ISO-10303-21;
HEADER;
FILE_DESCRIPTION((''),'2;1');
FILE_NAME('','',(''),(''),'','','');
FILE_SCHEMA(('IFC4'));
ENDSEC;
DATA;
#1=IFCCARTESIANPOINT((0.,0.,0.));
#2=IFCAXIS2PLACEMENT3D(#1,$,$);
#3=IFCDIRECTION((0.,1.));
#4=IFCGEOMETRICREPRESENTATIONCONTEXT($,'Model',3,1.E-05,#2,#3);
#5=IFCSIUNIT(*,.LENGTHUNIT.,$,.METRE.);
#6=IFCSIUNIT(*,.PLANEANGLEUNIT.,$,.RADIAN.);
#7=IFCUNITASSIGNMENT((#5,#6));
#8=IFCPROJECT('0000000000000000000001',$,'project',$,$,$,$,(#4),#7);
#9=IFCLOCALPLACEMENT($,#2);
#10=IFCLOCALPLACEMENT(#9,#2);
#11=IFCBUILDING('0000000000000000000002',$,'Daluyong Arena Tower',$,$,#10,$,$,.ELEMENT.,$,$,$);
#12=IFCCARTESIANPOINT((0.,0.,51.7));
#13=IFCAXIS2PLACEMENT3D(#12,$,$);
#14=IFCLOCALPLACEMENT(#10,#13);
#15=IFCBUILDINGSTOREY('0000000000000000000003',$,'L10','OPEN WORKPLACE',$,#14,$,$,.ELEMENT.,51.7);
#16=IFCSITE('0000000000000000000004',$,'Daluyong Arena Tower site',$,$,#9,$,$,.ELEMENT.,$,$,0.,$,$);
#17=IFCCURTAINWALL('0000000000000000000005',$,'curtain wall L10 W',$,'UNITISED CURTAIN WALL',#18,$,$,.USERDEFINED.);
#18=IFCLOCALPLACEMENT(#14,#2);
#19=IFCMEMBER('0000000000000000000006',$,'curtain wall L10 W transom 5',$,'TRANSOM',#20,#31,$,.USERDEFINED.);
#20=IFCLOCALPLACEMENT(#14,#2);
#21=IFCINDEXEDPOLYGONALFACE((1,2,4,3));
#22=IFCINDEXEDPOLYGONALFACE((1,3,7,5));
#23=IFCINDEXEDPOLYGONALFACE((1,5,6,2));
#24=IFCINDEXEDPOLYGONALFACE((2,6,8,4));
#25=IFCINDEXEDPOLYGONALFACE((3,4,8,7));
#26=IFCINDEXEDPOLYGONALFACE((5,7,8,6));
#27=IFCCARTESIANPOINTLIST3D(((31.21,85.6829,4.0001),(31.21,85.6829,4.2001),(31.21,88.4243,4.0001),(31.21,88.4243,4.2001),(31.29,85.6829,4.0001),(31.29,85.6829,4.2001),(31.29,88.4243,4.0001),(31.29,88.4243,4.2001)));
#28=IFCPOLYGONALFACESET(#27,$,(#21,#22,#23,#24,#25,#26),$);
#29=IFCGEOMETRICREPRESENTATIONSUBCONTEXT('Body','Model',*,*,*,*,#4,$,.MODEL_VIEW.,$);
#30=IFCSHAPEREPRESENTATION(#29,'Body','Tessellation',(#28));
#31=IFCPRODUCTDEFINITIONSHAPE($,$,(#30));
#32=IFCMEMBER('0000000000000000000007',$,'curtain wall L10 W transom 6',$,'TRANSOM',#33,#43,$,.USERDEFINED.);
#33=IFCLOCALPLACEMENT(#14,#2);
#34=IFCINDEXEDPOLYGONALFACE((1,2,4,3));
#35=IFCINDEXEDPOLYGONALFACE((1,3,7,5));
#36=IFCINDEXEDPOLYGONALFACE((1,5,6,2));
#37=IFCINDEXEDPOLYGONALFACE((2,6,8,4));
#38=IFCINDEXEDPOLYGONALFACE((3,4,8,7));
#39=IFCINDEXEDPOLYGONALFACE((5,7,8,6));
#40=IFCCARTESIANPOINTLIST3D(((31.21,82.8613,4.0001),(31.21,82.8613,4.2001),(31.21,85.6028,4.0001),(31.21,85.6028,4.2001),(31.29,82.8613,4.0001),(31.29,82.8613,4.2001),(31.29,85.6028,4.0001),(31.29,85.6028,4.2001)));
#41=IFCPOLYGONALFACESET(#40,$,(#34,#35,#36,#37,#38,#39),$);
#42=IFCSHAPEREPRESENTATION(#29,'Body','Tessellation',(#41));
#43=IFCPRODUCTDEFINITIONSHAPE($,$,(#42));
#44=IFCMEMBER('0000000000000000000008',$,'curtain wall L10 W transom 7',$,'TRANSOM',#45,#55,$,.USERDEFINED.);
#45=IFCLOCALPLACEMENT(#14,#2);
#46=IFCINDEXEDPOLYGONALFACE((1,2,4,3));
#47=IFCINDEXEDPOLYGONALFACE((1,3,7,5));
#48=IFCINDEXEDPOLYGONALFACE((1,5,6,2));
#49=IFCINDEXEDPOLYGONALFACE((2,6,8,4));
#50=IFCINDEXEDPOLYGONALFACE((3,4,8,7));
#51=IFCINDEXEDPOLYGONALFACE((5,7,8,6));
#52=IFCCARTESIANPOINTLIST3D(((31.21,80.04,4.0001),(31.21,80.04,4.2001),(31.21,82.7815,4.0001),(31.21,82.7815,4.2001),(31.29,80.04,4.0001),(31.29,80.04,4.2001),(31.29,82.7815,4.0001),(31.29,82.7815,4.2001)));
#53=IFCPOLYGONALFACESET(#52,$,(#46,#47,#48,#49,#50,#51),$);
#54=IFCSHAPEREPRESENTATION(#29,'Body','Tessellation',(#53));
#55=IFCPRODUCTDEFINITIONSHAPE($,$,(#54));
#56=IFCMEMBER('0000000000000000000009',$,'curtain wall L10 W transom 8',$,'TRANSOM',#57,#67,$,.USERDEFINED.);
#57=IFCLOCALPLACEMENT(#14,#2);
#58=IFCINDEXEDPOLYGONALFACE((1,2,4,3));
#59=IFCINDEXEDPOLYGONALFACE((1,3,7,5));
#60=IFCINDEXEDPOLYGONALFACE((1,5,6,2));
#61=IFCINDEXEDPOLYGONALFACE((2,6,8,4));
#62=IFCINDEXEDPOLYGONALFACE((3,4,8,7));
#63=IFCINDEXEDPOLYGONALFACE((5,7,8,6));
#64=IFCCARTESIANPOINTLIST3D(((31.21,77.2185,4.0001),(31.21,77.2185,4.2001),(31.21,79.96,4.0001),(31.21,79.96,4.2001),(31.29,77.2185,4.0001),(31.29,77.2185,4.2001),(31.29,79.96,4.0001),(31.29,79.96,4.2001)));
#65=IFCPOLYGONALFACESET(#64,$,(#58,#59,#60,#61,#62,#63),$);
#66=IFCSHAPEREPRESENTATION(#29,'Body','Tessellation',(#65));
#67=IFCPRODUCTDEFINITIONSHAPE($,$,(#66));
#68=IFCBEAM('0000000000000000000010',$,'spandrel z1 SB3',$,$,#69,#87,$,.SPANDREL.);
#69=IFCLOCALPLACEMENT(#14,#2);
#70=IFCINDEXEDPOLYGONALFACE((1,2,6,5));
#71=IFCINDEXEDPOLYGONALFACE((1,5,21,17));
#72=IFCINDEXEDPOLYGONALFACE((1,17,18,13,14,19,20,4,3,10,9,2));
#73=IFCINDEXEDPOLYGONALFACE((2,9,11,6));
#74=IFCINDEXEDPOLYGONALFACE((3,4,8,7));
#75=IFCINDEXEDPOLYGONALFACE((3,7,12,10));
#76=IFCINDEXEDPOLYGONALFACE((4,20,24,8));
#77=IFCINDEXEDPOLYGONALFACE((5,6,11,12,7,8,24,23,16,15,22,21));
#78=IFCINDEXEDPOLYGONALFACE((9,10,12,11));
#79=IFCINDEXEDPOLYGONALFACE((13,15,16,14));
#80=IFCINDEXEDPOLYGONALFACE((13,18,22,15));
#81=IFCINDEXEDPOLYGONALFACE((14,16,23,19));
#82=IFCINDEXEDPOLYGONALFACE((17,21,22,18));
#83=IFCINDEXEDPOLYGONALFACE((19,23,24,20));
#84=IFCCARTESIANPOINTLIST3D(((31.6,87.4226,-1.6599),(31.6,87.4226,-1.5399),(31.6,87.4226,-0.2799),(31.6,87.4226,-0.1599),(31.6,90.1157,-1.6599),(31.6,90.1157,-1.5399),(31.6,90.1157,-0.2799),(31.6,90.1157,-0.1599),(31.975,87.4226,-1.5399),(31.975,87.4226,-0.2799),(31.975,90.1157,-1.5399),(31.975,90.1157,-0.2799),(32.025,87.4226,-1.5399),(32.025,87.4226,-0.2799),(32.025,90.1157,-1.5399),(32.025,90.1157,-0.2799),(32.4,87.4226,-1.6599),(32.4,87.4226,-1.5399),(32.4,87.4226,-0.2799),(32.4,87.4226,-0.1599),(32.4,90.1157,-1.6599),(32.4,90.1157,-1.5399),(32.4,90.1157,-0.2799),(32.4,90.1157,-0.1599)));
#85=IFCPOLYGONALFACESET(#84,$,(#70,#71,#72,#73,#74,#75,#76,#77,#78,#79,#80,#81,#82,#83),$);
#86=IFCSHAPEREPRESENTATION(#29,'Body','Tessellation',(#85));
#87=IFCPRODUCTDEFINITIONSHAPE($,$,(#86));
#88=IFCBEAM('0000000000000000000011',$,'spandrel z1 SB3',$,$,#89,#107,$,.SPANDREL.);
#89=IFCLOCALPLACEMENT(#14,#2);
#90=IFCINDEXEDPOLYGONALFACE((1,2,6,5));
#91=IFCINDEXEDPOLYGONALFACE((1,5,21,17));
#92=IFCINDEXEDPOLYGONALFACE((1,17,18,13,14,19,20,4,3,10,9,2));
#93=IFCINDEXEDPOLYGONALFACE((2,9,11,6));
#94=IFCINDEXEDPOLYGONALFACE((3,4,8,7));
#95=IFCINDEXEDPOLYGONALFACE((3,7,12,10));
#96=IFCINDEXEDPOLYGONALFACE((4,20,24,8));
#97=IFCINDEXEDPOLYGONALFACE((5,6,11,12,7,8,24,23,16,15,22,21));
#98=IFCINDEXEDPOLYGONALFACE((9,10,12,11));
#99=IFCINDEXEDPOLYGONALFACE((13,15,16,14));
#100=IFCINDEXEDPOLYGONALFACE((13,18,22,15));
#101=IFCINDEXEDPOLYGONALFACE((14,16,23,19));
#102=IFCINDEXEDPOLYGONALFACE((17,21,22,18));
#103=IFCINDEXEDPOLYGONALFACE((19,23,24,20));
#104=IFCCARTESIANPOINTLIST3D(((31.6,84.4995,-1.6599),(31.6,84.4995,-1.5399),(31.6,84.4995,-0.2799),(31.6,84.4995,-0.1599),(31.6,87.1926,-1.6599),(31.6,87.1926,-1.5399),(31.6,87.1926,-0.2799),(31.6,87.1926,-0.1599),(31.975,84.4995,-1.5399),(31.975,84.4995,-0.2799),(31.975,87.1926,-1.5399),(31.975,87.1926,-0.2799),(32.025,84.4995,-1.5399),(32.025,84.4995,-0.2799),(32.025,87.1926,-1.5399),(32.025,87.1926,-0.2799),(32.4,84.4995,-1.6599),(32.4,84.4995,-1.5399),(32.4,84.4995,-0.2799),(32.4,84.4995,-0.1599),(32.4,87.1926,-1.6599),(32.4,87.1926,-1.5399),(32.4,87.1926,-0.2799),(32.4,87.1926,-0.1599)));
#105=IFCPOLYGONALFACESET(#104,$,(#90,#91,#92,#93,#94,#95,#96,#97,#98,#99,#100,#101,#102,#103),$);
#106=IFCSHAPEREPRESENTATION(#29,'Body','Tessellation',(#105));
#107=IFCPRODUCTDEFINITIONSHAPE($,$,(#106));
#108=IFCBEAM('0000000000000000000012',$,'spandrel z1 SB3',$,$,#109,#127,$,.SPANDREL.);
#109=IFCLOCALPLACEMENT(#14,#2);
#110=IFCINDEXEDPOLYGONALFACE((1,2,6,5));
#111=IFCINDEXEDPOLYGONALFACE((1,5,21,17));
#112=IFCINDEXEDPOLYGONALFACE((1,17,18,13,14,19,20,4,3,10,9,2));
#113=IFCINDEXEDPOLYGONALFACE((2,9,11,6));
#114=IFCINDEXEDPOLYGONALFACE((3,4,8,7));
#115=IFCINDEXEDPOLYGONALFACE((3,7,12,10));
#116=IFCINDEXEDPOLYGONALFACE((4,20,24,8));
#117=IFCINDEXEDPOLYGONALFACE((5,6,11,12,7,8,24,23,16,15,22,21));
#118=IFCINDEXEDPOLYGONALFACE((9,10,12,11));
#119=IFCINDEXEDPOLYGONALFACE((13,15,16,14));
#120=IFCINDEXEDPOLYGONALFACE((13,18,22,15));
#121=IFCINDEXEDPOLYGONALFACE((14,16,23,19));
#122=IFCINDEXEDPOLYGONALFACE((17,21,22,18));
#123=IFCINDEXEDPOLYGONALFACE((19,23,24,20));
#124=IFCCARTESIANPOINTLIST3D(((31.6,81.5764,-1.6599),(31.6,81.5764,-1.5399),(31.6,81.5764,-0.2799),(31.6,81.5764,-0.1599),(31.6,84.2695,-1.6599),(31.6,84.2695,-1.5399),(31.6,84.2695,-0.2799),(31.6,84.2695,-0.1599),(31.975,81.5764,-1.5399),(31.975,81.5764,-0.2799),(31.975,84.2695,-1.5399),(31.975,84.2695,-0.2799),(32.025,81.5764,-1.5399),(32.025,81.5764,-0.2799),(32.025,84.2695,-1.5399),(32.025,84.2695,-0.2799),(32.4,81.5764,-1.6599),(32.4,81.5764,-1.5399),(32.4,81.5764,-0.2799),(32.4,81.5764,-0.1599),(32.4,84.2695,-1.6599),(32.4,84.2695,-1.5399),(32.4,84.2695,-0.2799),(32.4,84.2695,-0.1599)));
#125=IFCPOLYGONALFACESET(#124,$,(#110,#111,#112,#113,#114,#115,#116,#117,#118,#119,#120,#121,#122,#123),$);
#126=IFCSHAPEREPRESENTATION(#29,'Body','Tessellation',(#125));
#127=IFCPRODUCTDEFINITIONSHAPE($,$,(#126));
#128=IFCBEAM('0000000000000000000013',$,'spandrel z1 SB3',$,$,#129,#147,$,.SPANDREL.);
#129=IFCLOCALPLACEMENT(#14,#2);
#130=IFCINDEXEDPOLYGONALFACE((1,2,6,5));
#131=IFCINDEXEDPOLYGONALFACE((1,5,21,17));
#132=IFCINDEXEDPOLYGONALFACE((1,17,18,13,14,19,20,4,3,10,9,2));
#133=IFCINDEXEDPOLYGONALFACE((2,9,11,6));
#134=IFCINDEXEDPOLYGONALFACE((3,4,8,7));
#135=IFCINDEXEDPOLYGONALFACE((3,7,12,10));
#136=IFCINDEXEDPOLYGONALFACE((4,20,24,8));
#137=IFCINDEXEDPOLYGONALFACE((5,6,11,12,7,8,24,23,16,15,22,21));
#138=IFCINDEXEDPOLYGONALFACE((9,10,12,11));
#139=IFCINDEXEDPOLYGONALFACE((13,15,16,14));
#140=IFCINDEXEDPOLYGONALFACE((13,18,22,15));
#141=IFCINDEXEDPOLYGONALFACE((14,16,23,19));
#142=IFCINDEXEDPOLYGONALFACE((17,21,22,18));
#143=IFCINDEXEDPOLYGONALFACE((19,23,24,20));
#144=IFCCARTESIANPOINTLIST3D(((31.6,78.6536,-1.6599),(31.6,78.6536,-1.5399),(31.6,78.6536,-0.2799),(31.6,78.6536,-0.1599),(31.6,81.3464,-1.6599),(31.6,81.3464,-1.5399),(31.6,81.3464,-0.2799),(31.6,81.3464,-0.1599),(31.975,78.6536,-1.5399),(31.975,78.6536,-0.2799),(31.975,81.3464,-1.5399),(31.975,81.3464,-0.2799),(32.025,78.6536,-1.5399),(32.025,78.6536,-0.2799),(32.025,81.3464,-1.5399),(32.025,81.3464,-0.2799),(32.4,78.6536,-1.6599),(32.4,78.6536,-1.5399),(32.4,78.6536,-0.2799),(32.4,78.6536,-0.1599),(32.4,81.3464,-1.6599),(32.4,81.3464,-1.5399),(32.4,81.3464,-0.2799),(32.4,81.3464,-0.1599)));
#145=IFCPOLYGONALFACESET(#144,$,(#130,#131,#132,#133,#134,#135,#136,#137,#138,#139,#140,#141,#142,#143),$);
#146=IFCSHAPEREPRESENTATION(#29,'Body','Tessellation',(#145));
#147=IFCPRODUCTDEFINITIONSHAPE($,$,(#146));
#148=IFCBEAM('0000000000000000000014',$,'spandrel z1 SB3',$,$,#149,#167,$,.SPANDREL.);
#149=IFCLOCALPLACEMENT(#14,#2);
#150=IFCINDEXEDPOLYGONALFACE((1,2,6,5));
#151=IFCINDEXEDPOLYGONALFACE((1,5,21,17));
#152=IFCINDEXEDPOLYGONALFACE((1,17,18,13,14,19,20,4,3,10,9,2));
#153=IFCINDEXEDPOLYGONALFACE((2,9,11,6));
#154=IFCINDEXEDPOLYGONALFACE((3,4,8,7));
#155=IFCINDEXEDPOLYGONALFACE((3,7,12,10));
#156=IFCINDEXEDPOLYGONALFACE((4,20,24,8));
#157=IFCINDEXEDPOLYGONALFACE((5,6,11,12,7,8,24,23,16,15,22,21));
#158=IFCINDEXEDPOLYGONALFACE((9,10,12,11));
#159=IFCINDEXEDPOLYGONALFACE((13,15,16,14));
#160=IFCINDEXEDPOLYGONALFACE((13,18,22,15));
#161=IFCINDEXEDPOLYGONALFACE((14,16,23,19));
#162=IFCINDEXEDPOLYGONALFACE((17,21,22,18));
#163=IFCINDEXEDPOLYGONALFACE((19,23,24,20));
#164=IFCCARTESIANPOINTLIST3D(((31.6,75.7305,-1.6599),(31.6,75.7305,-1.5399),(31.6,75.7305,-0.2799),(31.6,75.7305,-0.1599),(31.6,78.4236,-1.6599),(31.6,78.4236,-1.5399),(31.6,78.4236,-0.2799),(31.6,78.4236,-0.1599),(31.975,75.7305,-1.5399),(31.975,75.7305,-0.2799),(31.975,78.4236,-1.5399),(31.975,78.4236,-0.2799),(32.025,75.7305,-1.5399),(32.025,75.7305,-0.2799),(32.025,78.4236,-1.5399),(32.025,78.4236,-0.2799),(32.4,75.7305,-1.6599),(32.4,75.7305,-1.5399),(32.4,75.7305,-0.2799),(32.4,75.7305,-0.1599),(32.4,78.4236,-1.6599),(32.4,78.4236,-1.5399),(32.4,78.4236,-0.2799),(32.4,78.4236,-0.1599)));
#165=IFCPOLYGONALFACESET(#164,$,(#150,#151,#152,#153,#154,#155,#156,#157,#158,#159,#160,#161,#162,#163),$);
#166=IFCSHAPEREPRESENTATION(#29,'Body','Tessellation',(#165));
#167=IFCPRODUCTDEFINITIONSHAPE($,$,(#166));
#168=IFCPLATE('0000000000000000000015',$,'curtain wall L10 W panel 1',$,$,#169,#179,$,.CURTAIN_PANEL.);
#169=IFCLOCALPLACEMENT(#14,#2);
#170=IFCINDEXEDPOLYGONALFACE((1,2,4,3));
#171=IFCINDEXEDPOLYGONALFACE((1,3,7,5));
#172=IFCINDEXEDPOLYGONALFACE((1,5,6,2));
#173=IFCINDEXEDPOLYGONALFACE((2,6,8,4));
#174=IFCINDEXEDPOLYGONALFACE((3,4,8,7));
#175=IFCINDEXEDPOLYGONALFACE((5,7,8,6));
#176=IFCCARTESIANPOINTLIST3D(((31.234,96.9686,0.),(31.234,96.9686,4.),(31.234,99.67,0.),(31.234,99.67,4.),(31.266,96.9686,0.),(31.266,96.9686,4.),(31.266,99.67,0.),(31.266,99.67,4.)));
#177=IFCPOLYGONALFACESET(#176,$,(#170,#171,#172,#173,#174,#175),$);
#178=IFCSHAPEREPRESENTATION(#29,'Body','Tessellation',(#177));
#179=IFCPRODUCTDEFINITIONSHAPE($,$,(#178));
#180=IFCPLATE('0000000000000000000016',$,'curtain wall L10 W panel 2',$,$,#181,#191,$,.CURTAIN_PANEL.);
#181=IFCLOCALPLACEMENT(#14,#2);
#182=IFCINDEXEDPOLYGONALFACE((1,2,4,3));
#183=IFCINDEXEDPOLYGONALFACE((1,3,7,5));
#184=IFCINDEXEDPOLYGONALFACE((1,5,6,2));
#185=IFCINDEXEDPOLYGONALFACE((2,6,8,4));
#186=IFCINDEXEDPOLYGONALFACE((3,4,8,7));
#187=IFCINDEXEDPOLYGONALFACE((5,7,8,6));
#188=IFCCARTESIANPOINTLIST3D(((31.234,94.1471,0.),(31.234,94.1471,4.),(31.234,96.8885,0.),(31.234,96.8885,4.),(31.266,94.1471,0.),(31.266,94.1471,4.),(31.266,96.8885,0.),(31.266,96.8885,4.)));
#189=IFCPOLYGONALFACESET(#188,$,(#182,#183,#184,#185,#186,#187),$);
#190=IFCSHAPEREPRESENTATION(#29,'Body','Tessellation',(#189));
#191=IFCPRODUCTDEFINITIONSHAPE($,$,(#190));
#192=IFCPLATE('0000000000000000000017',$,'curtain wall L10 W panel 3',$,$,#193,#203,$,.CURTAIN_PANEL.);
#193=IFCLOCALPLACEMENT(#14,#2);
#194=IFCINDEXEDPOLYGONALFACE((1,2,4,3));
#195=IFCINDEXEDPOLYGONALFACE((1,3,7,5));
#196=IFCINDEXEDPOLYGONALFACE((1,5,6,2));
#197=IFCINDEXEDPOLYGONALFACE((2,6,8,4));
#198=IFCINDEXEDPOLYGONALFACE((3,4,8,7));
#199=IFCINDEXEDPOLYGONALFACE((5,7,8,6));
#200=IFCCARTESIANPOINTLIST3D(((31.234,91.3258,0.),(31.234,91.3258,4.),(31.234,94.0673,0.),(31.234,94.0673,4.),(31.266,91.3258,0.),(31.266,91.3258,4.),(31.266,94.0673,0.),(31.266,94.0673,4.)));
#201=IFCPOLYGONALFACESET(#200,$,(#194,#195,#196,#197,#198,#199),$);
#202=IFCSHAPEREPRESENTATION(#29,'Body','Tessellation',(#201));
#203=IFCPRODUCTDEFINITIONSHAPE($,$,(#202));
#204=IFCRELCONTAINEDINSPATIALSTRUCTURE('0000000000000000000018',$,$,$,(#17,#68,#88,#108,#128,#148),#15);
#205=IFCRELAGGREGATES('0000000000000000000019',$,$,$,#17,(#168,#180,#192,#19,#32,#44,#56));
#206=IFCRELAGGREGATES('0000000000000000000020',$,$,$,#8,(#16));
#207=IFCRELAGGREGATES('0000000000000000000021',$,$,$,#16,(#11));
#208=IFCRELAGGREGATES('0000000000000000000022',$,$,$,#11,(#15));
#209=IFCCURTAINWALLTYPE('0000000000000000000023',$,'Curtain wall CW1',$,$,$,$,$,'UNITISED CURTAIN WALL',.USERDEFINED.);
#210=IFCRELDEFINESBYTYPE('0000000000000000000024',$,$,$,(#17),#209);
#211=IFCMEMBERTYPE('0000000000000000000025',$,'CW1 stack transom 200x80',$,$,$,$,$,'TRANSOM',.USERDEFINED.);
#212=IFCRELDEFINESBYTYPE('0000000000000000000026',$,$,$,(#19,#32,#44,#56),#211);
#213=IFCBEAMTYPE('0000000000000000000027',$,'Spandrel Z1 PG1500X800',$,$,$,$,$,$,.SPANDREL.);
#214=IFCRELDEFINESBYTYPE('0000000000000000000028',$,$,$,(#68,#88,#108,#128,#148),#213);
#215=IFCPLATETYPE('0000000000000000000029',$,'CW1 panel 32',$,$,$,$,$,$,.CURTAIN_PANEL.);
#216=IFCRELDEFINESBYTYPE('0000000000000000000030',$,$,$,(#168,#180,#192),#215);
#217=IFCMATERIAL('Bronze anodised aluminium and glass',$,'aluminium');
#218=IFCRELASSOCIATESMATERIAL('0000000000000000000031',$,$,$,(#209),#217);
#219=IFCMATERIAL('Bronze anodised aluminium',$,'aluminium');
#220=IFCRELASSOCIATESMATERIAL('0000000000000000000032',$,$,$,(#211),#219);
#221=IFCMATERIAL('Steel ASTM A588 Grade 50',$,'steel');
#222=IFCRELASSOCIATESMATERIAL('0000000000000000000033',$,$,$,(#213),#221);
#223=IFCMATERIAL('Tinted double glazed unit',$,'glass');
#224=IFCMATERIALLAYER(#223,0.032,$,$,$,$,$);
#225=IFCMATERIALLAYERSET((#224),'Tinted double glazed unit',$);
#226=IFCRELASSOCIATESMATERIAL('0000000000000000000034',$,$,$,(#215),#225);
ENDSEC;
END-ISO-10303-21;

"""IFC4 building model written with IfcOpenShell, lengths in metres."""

from ifc_helpers import new_model, si_unit, direction, frame, origin, origin_2d, place, context, subcontext, project, spatial, rectangle, i_section, extrude, material, layer, layer_set, material_profile, profile_set, type_object, element, aggregate, save


model = new_model("IFC4")

# Units and contexts
model_context = context("Model", 3, precision=1e-05, world=origin(), true_north=direction((0.0, 1.0)))
body_context = subcontext(model_context, "Body", "Model", "MODEL_VIEW")
ifc_project = project(units=[si_unit("LENGTHUNIT", "METRE"), si_unit("PLANEANGLEUNIT", "RADIAN")], contexts=[model_context])

# Site, building, storey
site_placement = place(None, origin())
site = spatial("IfcSite", under=ifc_project, at=site_placement, Name="Daluyong Arena Tower site", CompositionType="ELEMENT", RefElevation=0.0)
building_placement = place(site_placement, origin())
building = spatial("IfcBuilding", under=site, at=building_placement, Name="Daluyong Arena Tower", CompositionType="ELEMENT")
storey_placement = place(building_placement, frame((0.0, 0.0, 51.7)))
storey = spatial("IfcBuildingStorey", under=building, at=storey_placement, Name="L10", Description="OPEN WORKPLACE", CompositionType="ELEMENT", Elevation=51.7)

# Curtain wall, members
ifc_material_1 = material(Name="Bronze anodised aluminium and glass", Category="aluminium")
curtain_wall_type = type_object("IfcCurtainWallType", Name="Curtain wall CW1", ElementType="UNITISED CURTAIN WALL", PredefinedType="USERDEFINED", material=ifc_material_1)
curtain_wall_placement = place(storey_placement, origin())
curtain_wall = element("IfcCurtainWall", 1, at=curtain_wall_placement, inside=storey, type_object=curtain_wall_type, Name="curtain wall L10 W", ObjectType="UNITISED CURTAIN WALL", PredefinedType="USERDEFINED")
ifc_material_2 = material(Name="Bronze anodised aluminium", Category="aluminium")
ifc_material_profile_1 = material_profile(ifc_material_2, rectangle(XDim=0.0801, YDim=0.2, at=origin_2d()))
ifc_profile_set_1 = profile_set([ifc_material_profile_1], Name="Bronze anodised aluminium")
member_type_1 = type_object("IfcMemberType", Name="CW1 stack transom 200x80", ElementType="TRANSOM", PredefinedType="USERDEFINED", material=ifc_profile_set_1)
member_1_placement = place(storey_placement, frame((31.25, 88.4243, 4.1001), z_axis=(0.0, -1.0, 0.0), x_axis=(1.0, 0.0, 0.0)))
member_1 = element("IfcMember", 2, at=member_1_placement, type_object=member_type_1, Name="curtain wall L10 W transom 5", ObjectType="TRANSOM", PredefinedType="USERDEFINED", context=body_context, shape_type="SweptSolid", body=[
    extrude(rectangle(XDim=0.0801, YDim=0.2, at=origin_2d()), origin(), (0.0, 0.0, 1.0), 2.7415),
])
member_2_placement = place(storey_placement, frame((31.25, 85.6028, 4.1001), z_axis=(0.0, -1.0, 0.0), x_axis=(1.0, 0.0, 0.0)))
member_2 = element("IfcMember", 3, at=member_2_placement, type_object=member_type_1, Name="curtain wall L10 W transom 6", ObjectType="TRANSOM", PredefinedType="USERDEFINED", context=body_context, shape_type="SweptSolid", body=[
    extrude(rectangle(XDim=0.0801, YDim=0.2, at=origin_2d()), origin(), (0.0, 0.0, 1.0), 2.7415),
])
member_3_placement = place(storey_placement, frame((31.25, 82.7815, 4.1001), z_axis=(0.0, -1.0, 0.0), x_axis=(1.0, 0.0, 0.0)))
member_3 = element("IfcMember", 4, at=member_3_placement, type_object=member_type_1, Name="curtain wall L10 W transom 7", ObjectType="TRANSOM", PredefinedType="USERDEFINED", context=body_context, shape_type="SweptSolid", body=[
    extrude(rectangle(XDim=0.0801, YDim=0.2, at=origin_2d()), origin(), (0.0, 0.0, 1.0), 2.7415),
])
member_4_placement = place(storey_placement, frame((31.25, 79.96, 4.1001), z_axis=(0.0, -1.0, 0.0), x_axis=(1.0, 0.0, 0.0)))
member_4 = element("IfcMember", 5, at=member_4_placement, type_object=member_type_1, Name="curtain wall L10 W transom 8", ObjectType="TRANSOM", PredefinedType="USERDEFINED", context=body_context, shape_type="SweptSolid", body=[
    extrude(rectangle(XDim=0.0801, YDim=0.2, at=origin_2d()), origin(), (0.0, 0.0, 1.0), 2.7415),
])

# Beams
ifc_material_3 = material(Name="Steel ASTM A588 Grade 50", Category="steel")
ifc_material_profile_2 = material_profile(ifc_material_3, i_section(OverallWidth=0.8, OverallDepth=1.5, WebThickness=0.05, FlangeThickness=0.12, at=origin_2d()))
ifc_profile_set_2 = profile_set([ifc_material_profile_2], Name="Steel ASTM A588 Grade 50")
beam_type = type_object("IfcBeamType", Name="Spandrel Z1 PG1500X800", PredefinedType="SPANDREL", material=ifc_profile_set_2)
for number, where, z_axis, x_axis, name in (
    (6, (32.0, 90.1157, -0.9099), (0.0, -1.0, 0.0), (1.0, 0.0, 0.0), "spandrel z1 SB3"),
    (7, (32.0, 87.1926, -0.9099), (0.0, -1.0, 0.0), (1.0, 0.0, 0.0), "spandrel z1 SB3"),
    (8, (32.0, 84.2695, -0.9099), (0.0, -1.0, 0.0), (1.0, 0.0, 0.0), "spandrel z1 SB3"),
):
    element("IfcBeam", number, at=place(storey_placement, frame(where, z_axis=z_axis, x_axis=x_axis)), inside=storey, type_object=beam_type, Name=name, PredefinedType="SPANDREL", context=body_context, shape_type="SweptSolid", body=[
        extrude(i_section(OverallWidth=0.8, OverallDepth=1.5, WebThickness=0.05, FlangeThickness=0.12, at=origin_2d()), origin(), (0.0, 0.0, 1.0), 2.6931),
    ])
beam_1_placement = place(storey_placement, frame((32.0, 81.3464, -0.9099), z_axis=(0.0, -1.0, 0.0), x_axis=(1.0, 0.0, 0.0)))
element("IfcBeam", 9, at=beam_1_placement, inside=storey, type_object=beam_type, Name="spandrel z1 SB3", PredefinedType="SPANDREL", context=body_context, shape_type="SweptSolid", body=[
    extrude(i_section(OverallWidth=0.8, OverallDepth=1.5, WebThickness=0.05, FlangeThickness=0.12, at=origin_2d()), origin(), (0.0, 0.0, 1.0), 2.6929),
])
beam_2_placement = place(storey_placement, frame((32.0, 78.4236, -0.9099), z_axis=(0.0, -1.0, 0.0), x_axis=(1.0, 0.0, 0.0)))
element("IfcBeam", 10, at=beam_2_placement, inside=storey, type_object=beam_type, Name="spandrel z1 SB3", PredefinedType="SPANDREL", context=body_context, shape_type="SweptSolid", body=[
    extrude(i_section(OverallWidth=0.8, OverallDepth=1.5, WebThickness=0.05, FlangeThickness=0.12, at=origin_2d()), origin(), (0.0, 0.0, 1.0), 2.6931),
])

# Plates
ifc_material_4 = material(Name="Tinted double glazed unit", Category="glass")
ifc_layer = layer(ifc_material_4, 0.032)
ifc_layer_set = layer_set([ifc_layer], Name="Tinted double glazed unit")
plate_type = type_object("IfcPlateType", Name="CW1 panel 32", PredefinedType="CURTAIN_PANEL", material=ifc_layer_set)
plate_1_placement = place(storey_placement, frame((31.25, 98.3193, 0.0), z_axis=(0.0, 0.0, 1.0), x_axis=(0.0, -1.0, 0.0)))
plate_1 = element("IfcPlate", 11, at=plate_1_placement, type_object=plate_type, Name="curtain wall L10 W panel 1", PredefinedType="CURTAIN_PANEL", context=body_context, shape_type="SweptSolid", body=[
    extrude(rectangle(XDim=2.7014, YDim=0.032, at=origin_2d()), origin(), (0.0, 0.0, 1.0), 4.0),
])
plate_2_placement = place(storey_placement, frame((31.25, 95.5178, 0.0), z_axis=(0.0, 0.0, 1.0), x_axis=(0.0, -1.0, 0.0)))
plate_2 = element("IfcPlate", 12, at=plate_2_placement, type_object=plate_type, Name="curtain wall L10 W panel 2", PredefinedType="CURTAIN_PANEL", context=body_context, shape_type="SweptSolid", body=[
    extrude(rectangle(XDim=2.7415, YDim=0.032, at=origin_2d()), origin(), (0.0, 0.0, 1.0), 4.0),
])
plate_3_placement = place(storey_placement, frame((31.25, 92.6965, 0.0), z_axis=(0.0, 0.0, 1.0), x_axis=(0.0, -1.0, 0.0)))
plate_3 = element("IfcPlate", 13, at=plate_3_placement, type_object=plate_type, Name="curtain wall L10 W panel 3", PredefinedType="CURTAIN_PANEL", context=body_context, shape_type="SweptSolid", body=[
    extrude(rectangle(XDim=2.7415, YDim=0.032, at=origin_2d()), origin(), (0.0, 0.0, 1.0), 4.0),
])
aggregate(curtain_wall, [plate_1, plate_2, plate_3, member_1, member_2, member_3, member_4])

save(model, "model.ifc")
